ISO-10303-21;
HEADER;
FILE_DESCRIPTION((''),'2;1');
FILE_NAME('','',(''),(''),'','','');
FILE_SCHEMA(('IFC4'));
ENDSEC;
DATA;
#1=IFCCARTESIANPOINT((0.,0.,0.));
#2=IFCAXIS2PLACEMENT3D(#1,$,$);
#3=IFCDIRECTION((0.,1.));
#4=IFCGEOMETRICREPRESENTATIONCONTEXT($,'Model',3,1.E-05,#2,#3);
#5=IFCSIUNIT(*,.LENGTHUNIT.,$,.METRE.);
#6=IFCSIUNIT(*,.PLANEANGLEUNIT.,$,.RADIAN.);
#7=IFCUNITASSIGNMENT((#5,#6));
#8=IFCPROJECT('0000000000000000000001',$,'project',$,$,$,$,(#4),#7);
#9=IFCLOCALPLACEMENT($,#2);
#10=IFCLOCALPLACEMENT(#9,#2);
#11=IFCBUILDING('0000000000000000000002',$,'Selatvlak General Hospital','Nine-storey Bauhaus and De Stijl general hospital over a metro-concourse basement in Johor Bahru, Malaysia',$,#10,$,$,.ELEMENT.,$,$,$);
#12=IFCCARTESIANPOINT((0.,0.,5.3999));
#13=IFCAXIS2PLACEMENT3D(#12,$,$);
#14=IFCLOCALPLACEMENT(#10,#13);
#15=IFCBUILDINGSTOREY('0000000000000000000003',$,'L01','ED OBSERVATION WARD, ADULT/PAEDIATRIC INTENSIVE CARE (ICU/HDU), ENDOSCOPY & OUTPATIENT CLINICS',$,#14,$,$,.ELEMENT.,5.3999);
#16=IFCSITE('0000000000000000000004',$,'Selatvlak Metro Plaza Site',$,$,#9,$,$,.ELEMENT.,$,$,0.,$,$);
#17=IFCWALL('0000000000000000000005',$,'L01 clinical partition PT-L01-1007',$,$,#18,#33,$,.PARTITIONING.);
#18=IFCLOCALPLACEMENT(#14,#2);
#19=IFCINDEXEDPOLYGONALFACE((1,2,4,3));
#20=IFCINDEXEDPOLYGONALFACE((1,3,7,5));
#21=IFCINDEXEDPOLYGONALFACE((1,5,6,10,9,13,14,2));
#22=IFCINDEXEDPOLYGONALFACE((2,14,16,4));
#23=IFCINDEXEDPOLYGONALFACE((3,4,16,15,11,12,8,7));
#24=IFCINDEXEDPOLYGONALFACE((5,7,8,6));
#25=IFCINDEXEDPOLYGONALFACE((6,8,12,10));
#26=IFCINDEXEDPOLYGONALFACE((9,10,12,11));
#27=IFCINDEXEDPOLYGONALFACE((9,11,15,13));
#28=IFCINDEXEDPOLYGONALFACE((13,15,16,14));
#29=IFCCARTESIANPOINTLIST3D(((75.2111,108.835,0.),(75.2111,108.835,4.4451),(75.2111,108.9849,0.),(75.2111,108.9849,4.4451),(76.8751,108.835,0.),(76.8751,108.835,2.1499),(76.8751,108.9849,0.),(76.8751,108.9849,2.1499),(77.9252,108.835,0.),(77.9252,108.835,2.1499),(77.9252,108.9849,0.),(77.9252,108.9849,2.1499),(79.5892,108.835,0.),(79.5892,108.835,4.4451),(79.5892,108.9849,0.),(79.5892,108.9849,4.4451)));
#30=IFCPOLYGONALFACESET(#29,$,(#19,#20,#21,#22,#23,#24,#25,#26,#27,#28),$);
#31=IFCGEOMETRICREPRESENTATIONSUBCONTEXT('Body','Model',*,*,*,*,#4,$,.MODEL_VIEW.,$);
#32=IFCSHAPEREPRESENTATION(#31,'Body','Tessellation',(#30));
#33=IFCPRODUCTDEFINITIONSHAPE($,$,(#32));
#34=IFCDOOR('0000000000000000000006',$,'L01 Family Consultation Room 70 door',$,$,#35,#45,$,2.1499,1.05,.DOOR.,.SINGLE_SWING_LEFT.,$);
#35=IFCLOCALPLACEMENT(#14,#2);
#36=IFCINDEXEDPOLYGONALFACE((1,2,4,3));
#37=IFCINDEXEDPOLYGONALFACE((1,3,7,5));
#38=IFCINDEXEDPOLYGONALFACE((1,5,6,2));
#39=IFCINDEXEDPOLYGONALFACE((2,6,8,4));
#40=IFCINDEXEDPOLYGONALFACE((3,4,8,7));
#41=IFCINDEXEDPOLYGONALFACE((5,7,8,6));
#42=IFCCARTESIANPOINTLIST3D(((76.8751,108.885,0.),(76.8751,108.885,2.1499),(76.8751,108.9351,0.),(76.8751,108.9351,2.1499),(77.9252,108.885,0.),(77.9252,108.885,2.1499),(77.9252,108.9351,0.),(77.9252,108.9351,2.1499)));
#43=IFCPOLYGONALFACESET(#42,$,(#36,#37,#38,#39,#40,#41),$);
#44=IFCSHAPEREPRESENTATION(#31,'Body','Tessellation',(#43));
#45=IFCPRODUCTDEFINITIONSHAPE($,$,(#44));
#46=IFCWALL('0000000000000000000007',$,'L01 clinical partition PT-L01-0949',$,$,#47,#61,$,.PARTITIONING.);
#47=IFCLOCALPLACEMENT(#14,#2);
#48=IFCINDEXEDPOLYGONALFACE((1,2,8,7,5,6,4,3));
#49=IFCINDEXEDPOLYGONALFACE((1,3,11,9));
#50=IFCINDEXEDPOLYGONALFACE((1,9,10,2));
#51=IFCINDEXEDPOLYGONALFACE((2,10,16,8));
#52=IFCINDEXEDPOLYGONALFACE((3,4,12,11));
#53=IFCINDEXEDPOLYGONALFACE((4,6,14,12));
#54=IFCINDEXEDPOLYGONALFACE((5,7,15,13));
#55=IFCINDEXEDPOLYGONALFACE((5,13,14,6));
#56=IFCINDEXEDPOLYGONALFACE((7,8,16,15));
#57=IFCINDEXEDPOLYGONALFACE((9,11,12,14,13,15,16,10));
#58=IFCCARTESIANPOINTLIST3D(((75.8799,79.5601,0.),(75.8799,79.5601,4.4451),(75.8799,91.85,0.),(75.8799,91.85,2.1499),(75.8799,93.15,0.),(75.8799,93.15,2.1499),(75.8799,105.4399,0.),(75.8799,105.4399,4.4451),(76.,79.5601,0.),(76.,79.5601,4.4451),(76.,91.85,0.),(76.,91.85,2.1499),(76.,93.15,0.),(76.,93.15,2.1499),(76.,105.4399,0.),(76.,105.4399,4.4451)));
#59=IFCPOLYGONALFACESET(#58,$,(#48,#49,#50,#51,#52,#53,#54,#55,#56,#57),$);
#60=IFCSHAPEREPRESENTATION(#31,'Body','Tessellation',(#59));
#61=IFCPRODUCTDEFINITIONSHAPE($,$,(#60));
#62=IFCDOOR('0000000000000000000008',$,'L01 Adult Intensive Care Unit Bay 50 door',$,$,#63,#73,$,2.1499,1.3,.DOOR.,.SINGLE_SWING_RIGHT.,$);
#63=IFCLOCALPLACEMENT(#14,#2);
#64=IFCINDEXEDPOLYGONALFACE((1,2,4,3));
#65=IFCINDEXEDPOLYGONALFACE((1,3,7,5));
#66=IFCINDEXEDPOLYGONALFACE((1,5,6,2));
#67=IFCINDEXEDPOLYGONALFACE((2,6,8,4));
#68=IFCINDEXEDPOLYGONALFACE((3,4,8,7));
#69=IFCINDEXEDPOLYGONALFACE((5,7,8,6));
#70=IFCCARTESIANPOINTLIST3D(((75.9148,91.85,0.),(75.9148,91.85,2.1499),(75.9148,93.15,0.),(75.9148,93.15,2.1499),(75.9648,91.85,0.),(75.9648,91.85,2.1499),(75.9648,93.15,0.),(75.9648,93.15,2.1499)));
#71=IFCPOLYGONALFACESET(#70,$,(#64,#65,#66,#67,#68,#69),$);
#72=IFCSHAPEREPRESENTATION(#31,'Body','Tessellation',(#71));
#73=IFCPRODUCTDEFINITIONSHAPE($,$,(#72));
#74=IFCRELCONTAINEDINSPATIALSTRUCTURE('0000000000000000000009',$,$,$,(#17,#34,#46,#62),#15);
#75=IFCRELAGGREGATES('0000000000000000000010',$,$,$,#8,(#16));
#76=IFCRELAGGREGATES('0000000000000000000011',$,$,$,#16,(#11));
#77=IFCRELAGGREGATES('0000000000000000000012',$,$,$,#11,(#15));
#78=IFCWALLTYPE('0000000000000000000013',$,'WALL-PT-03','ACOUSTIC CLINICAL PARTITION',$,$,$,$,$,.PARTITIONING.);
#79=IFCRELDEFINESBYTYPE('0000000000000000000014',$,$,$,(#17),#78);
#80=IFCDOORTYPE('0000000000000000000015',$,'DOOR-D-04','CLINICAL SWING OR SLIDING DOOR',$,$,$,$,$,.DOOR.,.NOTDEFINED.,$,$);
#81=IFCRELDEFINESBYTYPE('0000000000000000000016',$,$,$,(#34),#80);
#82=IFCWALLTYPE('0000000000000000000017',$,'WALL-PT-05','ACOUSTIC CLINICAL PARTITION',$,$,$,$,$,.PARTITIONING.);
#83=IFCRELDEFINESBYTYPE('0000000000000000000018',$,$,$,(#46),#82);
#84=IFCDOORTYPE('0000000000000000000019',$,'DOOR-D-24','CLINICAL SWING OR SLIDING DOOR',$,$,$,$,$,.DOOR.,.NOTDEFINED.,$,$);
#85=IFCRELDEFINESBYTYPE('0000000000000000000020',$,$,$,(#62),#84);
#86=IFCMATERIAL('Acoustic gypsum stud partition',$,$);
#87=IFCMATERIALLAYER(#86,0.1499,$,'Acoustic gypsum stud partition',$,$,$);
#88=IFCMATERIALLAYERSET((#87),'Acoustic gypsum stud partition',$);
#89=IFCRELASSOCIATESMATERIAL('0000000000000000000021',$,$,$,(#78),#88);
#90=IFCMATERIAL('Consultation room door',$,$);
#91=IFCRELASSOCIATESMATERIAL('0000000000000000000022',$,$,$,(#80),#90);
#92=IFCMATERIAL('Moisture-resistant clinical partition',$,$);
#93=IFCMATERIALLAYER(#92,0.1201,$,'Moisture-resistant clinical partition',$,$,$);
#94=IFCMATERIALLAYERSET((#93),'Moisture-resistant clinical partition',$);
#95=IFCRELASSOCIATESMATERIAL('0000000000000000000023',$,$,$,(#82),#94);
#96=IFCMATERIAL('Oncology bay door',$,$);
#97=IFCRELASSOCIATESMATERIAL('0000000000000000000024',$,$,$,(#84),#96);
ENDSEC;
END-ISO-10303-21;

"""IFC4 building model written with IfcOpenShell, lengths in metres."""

from ifc_helpers import new_model, si_unit, direction, frame, frame_2d, origin, place, context, subcontext, project, spatial, rectangle, extrude, material, layer, layer_set, type_object, element, fill, save


model = new_model("IFC4")

# Units and contexts
model_context = context("Model", 3, precision=1e-05, world=origin(), true_north=direction((0.0, 1.0)))
body_context = subcontext(model_context, "Body", "Model", "MODEL_VIEW")
ifc_project = project(units=[si_unit("LENGTHUNIT", "METRE"), si_unit("PLANEANGLEUNIT", "RADIAN")], contexts=[model_context])

# Site, building, storey
site_placement = place(None, origin())
site = spatial("IfcSite", under=ifc_project, at=site_placement, Name="Selatvlak Metro Plaza Site", CompositionType="ELEMENT", RefElevation=0.0)
building_placement = place(site_placement, origin())
building = spatial("IfcBuilding", under=site, at=building_placement, Name="Selatvlak General Hospital", Description="Nine-storey Bauhaus and De Stijl general hospital over a metro-concourse basement in Johor Bahru, Malaysia", CompositionType="ELEMENT")
storey_placement = place(building_placement, frame((0.0, 0.0, 5.3999)))
storey = spatial("IfcBuildingStorey", under=building, at=storey_placement, Name="L01", Description="ED OBSERVATION WARD, ADULT/PAEDIATRIC INTENSIVE CARE (ICU/HDU), ENDOSCOPY & OUTPATIENT CLINICS", CompositionType="ELEMENT", Elevation=5.3999)

# Shared definitions
ifc_material_1 = material(Name="Acoustic gypsum stud partition")

# Walls, openings, doors
ifc_layer_1 = layer(ifc_material_1, 0.1499, Name="Acoustic gypsum stud partition")
ifc_layer_set_1 = layer_set([ifc_layer_1], Name="Acoustic gypsum stud partition")
wall_type_1 = type_object("IfcWallType", Name="WALL-PT-03", Description="ACOUSTIC CLINICAL PARTITION", PredefinedType="PARTITIONING", material=ifc_layer_set_1)
wall_1_placement = place(storey_placement, frame((79.5891, 108.9099, 0.0), z_axis=(0.0, 0.0, 1.0), x_axis=(-1.0, 0.0, 0.0)))
wall_1 = element("IfcWall", 1, at=wall_1_placement, inside=storey, type_object=wall_type_1, Name="L01 clinical partition PT-L01-1007", PredefinedType="PARTITIONING", context=body_context, shape_type="SweptSolid", body=[
    extrude(rectangle(XDim=4.3782, YDim=0.1499, at=frame_2d((2.189, 0.0))), origin(), (0.0, 0.0, 1.0), 4.4451),
])
opening_1_placement = place(wall_1_placement, frame((1.6641, 0.0, 0.0)))
opening_1 = element("IfcOpeningElement", 2, at=opening_1_placement, cuts=wall_1, PredefinedType="OPENING", context=body_context, shape_type="SweptSolid", body=[
    extrude(rectangle(XDim=1.05, YDim=2.1499, at=frame_2d((0.5249, 1.075))), frame((0.0, 0.085, 0.0), z_axis=(0.0, -1.0, 0.0), x_axis=(1.0, 0.0, 0.0)), (0.0, 0.0, 1.0), 0.1699),
])
ifc_material_2 = material(Name="Consultation room door")
door_type_1 = type_object("IfcDoorType", Name="DOOR-D-04", Description="CLINICAL SWING OR SLIDING DOOR", OperationType="NOTDEFINED", PredefinedType="DOOR", material=ifc_material_2)
door_1_placement = place(opening_1_placement, origin())
door_1 = element("IfcDoor", 3, at=door_1_placement, inside=storey, type_object=door_type_1, Name="L01 Family Consultation Room 70 door", OperationType="SINGLE_SWING_LEFT", OverallHeight=2.1499, OverallWidth=1.05, PredefinedType="DOOR", context=body_context, shape_type="SweptSolid", body=[
    extrude(rectangle(XDim=1.05, YDim=2.1499, at=frame_2d((0.5249, 1.075))), frame((0.0, 0.0249, 0.0), z_axis=(0.0, -1.0, 0.0), x_axis=(1.0, 0.0, 0.0)), (0.0, 0.0, 1.0), 0.05),
])
fill(opening_1, door_1)
ifc_material_3 = material(Name="Moisture-resistant clinical partition")
ifc_layer_2 = layer(ifc_material_3, 0.1201, Name="Moisture-resistant clinical partition")
ifc_layer_set_2 = layer_set([ifc_layer_2], Name="Moisture-resistant clinical partition")
wall_type_2 = type_object("IfcWallType", Name="WALL-PT-05", Description="ACOUSTIC CLINICAL PARTITION", PredefinedType="PARTITIONING", material=ifc_layer_set_2)
wall_2_placement = place(storey_placement, frame((75.9399, 105.4399, 0.0), z_axis=(0.0, 0.0, 1.0), x_axis=(0.0, -1.0, 0.0)))
wall_2 = element("IfcWall", 4, at=wall_2_placement, inside=storey, type_object=wall_type_2, Name="L01 clinical partition PT-L01-0949", PredefinedType="PARTITIONING", context=body_context, shape_type="SweptSolid", body=[
    extrude(rectangle(XDim=25.8799, YDim=0.1201, at=frame_2d((12.9399, 0.0))), origin(), (0.0, 0.0, 1.0), 4.4451),
])
opening_2_placement = place(wall_2_placement, frame((12.29, 0.0, 0.0)))
opening_2 = element("IfcOpeningElement", 5, at=opening_2_placement, cuts=wall_2, PredefinedType="OPENING", context=body_context, shape_type="SweptSolid", body=[
    extrude(rectangle(XDim=1.3, YDim=2.1499, at=frame_2d((0.6499, 1.075))), frame((0.0, 0.0701, 0.0), z_axis=(0.0, -1.0, 0.0), x_axis=(1.0, 0.0, 0.0)), (0.0, 0.0, 1.0), 0.1401),
])
ifc_material_4 = material(Name="Oncology bay door")
door_type_2 = type_object("IfcDoorType", Name="DOOR-D-24", Description="CLINICAL SWING OR SLIDING DOOR", OperationType="NOTDEFINED", PredefinedType="DOOR", material=ifc_material_4)
door_2_placement = place(opening_2_placement, origin())
door_2 = element("IfcDoor", 6, at=door_2_placement, inside=storey, type_object=door_type_2, Name="L01 Adult Intensive Care Unit Bay 50 door", OperationType="SINGLE_SWING_RIGHT", OverallHeight=2.1499, OverallWidth=1.3, PredefinedType="DOOR", context=body_context, shape_type="SweptSolid", body=[
    extrude(rectangle(XDim=1.3, YDim=2.1499, at=frame_2d((0.6499, 1.075))), frame((0.0, 0.0249, 0.0), z_axis=(0.0, -1.0, 0.0), x_axis=(1.0, 0.0, 0.0)), (0.0, 0.0, 1.0), 0.05),
])
fill(opening_2, door_2)

save(model, "model.ifc")
